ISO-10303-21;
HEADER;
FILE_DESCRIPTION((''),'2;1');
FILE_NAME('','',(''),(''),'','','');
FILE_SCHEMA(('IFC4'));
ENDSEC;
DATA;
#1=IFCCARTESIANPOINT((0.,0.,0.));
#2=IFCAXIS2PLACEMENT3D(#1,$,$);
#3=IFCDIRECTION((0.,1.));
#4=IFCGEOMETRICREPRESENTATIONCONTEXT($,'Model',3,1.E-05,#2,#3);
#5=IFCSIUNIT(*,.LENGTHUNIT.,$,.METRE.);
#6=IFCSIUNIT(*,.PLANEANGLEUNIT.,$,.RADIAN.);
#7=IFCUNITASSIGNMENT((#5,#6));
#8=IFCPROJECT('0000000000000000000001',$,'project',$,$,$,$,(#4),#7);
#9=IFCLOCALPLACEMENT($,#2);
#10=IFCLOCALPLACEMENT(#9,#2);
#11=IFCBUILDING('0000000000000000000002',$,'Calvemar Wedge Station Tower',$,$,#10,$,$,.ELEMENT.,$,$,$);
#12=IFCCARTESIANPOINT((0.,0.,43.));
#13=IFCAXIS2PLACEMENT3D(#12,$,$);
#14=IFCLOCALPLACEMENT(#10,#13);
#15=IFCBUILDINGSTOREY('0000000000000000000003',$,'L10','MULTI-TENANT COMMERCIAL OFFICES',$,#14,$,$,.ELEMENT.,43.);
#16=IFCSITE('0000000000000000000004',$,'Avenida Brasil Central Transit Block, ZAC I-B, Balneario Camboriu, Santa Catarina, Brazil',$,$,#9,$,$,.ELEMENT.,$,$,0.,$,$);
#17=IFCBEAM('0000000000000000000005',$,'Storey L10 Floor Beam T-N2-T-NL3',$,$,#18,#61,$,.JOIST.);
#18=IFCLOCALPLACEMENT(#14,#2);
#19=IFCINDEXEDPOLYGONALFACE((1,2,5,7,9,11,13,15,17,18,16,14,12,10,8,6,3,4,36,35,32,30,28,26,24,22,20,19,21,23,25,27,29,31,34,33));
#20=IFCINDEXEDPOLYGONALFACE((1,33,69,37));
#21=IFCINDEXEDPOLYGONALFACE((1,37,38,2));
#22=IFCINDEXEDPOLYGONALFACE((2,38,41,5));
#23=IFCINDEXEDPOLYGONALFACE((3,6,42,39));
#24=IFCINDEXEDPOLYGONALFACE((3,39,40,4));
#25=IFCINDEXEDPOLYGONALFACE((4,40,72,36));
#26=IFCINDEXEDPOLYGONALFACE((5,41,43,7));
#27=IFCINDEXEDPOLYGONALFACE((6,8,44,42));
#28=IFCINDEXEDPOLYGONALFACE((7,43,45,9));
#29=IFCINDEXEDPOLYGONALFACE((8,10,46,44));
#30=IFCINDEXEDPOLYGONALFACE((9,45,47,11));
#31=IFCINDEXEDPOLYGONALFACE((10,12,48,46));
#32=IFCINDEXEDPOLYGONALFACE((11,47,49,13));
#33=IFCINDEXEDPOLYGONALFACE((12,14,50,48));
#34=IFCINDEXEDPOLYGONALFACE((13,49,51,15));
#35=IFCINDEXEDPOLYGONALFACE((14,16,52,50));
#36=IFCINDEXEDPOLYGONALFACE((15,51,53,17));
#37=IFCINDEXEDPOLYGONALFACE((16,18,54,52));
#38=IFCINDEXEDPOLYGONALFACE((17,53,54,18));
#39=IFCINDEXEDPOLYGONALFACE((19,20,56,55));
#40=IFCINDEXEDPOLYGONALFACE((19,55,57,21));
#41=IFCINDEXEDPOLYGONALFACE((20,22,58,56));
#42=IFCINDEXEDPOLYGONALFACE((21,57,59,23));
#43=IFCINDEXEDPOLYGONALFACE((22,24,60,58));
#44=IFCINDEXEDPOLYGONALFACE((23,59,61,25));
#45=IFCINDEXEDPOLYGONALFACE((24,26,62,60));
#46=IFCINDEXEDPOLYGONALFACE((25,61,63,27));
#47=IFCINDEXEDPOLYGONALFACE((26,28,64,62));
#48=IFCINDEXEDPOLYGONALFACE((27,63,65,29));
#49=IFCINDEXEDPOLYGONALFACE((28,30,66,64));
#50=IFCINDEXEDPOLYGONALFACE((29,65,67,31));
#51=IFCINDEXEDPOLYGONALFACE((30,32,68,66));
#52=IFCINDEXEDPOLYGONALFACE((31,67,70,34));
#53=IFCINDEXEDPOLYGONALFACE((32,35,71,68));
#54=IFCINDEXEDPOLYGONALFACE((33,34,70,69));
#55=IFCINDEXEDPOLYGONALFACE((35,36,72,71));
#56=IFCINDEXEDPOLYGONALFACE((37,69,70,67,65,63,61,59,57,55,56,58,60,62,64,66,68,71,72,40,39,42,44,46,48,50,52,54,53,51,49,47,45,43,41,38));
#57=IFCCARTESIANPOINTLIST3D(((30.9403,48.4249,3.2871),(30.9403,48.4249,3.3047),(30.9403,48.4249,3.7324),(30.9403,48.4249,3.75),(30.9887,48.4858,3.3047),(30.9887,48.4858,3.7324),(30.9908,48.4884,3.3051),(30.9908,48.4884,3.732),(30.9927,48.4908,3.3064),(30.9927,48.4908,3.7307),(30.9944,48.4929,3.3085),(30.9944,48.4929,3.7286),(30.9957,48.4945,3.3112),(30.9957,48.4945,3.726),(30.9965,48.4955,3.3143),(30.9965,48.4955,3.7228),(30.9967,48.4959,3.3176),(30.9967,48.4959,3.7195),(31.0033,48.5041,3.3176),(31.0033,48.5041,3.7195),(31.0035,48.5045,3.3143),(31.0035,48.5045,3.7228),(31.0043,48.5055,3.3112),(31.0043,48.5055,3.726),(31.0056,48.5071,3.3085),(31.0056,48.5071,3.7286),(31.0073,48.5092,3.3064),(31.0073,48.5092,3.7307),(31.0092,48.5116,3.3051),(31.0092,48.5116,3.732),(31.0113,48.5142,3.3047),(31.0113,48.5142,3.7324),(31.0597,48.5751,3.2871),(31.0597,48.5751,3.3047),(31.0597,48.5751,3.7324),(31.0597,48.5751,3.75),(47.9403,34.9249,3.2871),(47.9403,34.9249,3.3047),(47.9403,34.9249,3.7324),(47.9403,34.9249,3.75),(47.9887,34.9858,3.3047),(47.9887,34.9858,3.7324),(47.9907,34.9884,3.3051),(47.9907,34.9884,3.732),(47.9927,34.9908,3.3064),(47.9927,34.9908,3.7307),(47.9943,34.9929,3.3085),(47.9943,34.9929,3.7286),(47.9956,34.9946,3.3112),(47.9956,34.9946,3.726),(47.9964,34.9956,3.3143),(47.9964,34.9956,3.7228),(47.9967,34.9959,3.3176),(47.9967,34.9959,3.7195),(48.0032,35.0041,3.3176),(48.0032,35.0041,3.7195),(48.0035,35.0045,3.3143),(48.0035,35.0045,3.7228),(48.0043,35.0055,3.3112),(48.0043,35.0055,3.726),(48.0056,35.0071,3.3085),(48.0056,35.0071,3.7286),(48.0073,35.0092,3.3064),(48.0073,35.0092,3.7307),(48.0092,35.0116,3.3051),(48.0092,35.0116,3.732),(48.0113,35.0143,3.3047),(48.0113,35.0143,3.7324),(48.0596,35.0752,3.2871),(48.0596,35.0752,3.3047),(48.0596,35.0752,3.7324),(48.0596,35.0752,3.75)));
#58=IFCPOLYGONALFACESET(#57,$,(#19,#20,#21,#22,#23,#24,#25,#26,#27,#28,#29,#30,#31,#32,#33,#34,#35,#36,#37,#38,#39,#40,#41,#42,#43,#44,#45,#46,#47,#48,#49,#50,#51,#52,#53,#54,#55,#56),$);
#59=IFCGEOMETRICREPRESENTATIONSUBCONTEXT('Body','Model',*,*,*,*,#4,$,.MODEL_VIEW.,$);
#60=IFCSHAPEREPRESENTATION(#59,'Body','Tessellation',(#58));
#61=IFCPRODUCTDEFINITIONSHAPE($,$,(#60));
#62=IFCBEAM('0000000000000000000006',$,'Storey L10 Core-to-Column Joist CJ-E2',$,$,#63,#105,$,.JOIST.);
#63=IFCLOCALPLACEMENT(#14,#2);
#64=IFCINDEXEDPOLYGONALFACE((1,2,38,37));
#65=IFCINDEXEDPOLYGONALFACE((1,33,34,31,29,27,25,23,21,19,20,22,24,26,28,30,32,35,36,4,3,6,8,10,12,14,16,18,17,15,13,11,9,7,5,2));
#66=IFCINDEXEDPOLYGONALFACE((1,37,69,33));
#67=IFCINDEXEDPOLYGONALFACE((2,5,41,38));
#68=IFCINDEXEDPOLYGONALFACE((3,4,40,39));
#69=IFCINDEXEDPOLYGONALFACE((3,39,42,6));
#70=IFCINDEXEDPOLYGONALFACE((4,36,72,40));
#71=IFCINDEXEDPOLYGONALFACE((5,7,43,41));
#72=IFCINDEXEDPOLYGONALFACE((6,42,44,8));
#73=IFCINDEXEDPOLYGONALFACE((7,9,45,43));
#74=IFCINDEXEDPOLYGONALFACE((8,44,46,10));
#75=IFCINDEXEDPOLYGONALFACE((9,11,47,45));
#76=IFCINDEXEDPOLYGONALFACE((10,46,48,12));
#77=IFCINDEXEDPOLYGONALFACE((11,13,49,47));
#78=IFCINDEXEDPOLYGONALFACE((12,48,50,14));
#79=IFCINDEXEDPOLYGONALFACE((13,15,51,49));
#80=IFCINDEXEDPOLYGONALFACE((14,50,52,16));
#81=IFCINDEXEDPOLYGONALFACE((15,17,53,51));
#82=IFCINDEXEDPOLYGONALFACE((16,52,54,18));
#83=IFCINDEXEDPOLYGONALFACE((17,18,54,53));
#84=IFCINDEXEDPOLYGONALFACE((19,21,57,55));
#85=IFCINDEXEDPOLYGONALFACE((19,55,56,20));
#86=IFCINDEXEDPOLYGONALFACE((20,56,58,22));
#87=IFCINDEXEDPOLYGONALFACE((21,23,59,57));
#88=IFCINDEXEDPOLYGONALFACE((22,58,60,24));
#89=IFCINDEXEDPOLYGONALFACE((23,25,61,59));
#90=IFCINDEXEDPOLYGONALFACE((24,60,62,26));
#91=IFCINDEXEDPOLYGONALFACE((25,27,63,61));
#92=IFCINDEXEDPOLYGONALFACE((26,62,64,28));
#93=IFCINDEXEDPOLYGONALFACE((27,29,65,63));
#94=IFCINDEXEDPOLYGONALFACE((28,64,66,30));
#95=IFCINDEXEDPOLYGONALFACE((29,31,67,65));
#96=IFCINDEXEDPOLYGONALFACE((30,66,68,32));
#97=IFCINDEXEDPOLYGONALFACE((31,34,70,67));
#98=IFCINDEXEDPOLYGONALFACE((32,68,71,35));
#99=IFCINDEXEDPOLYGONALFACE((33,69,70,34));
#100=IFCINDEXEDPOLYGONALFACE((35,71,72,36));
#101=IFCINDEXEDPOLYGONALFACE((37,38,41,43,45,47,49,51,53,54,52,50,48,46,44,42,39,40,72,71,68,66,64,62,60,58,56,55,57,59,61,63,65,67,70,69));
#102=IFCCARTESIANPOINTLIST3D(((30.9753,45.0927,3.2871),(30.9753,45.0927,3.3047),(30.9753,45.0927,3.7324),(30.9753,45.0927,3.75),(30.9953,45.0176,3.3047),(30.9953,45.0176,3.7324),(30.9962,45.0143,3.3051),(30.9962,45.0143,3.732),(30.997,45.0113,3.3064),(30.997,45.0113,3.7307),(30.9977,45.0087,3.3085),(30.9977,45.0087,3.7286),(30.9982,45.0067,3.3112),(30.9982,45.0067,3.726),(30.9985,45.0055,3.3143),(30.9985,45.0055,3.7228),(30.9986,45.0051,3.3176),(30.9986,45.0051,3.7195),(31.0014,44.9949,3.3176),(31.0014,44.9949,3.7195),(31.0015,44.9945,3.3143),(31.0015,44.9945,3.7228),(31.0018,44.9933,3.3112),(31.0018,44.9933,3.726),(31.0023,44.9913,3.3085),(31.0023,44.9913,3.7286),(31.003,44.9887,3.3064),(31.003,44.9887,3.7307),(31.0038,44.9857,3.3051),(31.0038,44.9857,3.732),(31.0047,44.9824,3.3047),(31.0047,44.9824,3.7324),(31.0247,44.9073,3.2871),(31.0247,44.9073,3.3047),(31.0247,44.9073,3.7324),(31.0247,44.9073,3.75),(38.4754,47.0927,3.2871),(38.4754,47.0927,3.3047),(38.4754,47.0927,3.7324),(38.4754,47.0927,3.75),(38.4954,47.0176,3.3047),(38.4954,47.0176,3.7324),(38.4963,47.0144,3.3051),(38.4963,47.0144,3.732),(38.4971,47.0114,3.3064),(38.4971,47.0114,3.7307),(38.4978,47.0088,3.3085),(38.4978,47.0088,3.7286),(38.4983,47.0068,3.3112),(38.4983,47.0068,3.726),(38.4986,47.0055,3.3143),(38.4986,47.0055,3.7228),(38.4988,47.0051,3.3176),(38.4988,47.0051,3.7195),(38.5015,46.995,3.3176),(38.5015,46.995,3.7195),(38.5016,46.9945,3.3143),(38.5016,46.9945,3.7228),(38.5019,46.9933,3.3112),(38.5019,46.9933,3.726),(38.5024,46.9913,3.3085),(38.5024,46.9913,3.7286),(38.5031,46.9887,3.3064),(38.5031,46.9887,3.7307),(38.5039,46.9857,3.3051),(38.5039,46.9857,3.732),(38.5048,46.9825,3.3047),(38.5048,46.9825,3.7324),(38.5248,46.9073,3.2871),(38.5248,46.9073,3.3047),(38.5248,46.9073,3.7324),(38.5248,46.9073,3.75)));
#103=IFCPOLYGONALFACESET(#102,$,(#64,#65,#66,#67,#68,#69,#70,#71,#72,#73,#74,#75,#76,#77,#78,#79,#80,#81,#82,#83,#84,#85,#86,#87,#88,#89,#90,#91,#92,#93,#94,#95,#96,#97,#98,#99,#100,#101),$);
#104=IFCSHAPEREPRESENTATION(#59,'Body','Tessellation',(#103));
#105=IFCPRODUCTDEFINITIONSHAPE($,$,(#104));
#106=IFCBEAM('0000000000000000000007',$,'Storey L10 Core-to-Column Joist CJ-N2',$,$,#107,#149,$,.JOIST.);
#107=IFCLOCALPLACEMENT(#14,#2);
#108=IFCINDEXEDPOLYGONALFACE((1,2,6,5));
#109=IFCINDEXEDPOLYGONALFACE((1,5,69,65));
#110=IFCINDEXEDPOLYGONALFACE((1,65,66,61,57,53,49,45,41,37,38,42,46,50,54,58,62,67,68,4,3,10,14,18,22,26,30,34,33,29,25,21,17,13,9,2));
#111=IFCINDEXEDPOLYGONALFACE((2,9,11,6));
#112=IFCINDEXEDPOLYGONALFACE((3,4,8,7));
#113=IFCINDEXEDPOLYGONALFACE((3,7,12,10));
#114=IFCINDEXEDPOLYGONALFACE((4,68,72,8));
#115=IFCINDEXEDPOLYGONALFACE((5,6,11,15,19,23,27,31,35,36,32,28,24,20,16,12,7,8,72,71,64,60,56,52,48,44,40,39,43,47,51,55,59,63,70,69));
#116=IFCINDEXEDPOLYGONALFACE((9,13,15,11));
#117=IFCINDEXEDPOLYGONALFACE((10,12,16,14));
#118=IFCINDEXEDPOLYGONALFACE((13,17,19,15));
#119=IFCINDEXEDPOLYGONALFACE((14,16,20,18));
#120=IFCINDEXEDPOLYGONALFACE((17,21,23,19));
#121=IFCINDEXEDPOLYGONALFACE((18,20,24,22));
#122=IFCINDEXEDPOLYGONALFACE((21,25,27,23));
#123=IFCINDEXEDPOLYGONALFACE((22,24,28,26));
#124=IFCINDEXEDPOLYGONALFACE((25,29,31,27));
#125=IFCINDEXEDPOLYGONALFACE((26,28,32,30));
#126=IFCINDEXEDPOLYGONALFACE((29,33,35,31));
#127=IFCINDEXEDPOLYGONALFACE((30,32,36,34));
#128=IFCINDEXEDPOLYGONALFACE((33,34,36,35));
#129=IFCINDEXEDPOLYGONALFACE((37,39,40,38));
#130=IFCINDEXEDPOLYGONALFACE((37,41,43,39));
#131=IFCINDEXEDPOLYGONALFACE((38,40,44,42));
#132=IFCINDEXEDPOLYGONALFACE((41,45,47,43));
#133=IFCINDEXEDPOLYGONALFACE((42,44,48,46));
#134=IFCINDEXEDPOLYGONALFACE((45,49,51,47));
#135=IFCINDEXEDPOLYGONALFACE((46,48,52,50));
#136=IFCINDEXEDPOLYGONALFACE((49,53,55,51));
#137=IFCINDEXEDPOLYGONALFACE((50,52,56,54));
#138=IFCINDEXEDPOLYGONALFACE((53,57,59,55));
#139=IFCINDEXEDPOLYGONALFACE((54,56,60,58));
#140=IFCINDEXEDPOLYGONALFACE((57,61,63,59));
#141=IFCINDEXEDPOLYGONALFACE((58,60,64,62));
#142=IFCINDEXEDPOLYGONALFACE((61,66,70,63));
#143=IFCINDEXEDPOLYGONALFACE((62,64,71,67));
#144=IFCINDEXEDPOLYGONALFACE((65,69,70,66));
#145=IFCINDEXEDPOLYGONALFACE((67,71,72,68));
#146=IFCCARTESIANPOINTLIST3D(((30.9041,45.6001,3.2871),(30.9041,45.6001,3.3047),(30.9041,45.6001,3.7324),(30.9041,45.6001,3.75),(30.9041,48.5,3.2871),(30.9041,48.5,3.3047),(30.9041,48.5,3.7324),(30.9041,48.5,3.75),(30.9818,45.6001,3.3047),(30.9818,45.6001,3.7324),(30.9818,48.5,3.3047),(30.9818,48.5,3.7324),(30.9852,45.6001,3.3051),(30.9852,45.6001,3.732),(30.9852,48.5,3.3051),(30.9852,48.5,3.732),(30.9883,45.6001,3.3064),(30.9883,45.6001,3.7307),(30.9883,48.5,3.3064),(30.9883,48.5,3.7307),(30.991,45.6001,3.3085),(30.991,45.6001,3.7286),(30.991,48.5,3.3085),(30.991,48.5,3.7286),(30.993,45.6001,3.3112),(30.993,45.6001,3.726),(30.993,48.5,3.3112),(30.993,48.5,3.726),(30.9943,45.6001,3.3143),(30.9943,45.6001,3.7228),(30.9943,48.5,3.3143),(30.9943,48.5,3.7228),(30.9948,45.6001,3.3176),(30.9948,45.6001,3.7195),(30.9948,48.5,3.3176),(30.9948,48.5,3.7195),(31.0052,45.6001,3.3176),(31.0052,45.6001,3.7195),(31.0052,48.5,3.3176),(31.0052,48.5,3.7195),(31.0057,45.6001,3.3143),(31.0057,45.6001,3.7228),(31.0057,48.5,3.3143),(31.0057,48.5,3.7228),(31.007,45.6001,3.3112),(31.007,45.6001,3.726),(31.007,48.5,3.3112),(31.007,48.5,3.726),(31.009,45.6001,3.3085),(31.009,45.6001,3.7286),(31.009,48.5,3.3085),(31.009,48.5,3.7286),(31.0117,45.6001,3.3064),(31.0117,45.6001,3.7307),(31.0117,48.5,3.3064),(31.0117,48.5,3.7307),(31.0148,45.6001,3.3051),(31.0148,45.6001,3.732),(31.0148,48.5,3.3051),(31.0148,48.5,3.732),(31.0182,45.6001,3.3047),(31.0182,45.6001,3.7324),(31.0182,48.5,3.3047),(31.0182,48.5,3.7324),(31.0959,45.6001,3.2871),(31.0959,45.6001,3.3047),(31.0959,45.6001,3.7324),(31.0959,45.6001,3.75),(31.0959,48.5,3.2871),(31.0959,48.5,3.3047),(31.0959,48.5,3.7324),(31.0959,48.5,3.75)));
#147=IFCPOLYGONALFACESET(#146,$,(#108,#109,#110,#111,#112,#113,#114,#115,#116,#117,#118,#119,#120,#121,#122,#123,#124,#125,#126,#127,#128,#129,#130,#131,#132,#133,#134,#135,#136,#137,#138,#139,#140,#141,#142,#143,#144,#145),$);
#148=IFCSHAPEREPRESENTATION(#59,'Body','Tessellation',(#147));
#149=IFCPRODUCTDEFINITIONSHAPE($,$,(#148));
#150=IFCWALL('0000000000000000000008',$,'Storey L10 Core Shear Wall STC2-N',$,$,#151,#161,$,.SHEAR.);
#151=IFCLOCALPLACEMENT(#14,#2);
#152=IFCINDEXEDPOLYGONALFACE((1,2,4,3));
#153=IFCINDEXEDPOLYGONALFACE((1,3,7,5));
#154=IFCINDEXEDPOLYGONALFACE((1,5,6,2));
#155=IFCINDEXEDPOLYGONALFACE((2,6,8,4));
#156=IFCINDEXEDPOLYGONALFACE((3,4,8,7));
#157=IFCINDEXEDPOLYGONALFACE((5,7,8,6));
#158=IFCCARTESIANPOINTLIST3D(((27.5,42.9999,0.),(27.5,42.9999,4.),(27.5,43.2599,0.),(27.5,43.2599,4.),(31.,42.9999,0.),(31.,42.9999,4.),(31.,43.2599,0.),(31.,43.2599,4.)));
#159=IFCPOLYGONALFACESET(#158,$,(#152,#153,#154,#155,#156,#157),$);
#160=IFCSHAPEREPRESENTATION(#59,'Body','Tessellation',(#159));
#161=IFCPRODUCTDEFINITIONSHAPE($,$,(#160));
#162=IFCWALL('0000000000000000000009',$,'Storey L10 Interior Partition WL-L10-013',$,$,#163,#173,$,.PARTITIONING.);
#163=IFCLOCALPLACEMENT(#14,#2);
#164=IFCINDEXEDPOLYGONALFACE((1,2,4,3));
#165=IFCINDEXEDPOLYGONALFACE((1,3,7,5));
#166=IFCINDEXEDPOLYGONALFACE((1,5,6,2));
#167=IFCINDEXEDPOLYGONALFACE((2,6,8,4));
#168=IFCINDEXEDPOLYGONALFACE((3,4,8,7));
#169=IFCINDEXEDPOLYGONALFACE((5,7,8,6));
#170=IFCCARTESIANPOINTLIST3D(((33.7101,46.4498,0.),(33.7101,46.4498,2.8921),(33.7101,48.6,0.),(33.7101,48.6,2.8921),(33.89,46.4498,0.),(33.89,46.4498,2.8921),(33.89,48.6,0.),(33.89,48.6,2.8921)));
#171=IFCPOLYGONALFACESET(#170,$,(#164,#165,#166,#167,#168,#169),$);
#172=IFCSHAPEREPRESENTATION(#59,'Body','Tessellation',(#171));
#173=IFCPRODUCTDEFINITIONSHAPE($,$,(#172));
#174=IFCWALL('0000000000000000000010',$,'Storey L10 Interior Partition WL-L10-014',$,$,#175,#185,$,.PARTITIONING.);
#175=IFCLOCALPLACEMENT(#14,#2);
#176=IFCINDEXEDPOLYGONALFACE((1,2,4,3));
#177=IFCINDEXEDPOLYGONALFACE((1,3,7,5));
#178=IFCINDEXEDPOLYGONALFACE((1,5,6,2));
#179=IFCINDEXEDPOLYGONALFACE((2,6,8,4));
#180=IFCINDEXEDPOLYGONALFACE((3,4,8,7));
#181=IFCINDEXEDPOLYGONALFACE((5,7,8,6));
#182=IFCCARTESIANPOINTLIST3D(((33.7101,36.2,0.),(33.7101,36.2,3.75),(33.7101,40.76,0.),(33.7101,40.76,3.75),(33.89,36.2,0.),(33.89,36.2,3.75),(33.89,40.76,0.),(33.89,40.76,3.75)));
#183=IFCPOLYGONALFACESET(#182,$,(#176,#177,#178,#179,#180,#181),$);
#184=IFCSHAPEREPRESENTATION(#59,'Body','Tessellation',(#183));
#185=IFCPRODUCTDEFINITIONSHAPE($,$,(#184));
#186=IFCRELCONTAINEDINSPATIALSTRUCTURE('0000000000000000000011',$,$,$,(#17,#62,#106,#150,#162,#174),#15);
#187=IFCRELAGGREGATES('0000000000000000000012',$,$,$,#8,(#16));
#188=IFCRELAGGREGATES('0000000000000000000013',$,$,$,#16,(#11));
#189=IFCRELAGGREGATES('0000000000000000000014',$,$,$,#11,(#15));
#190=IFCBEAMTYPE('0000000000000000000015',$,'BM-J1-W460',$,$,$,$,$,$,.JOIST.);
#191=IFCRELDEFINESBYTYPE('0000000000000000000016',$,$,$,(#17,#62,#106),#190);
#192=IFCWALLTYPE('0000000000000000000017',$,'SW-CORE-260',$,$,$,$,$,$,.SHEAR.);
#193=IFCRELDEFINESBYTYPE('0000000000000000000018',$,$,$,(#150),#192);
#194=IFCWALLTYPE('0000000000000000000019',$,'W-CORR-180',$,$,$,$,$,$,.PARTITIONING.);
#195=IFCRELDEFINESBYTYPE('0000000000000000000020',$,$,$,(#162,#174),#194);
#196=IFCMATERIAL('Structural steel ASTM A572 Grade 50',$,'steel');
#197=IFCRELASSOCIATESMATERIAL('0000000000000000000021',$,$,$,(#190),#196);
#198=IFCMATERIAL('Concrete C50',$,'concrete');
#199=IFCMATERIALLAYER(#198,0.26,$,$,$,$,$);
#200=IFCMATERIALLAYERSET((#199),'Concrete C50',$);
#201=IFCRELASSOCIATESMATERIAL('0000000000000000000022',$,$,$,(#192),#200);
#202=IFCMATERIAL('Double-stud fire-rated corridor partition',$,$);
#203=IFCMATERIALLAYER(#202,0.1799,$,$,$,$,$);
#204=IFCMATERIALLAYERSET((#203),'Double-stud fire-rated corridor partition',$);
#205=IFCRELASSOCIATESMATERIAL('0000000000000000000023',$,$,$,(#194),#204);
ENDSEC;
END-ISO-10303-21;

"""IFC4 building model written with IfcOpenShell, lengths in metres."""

from ifc_helpers import new_model, si_unit, direction, frame, frame_2d, origin, origin_2d, place, context, subcontext, project, spatial, rectangle, i_section, extrude, source, transform, mapped, material, layer, layer_set, material_profile, profile_set, type_object, element, save


model = new_model("IFC4")

# Units and contexts
model_context = context("Model", 3, precision=1e-05, world=origin(), true_north=direction((0.0, 1.0)))
body_context = subcontext(model_context, "Body", "Model", "MODEL_VIEW")
ifc_project = project(units=[si_unit("LENGTHUNIT", "METRE"), si_unit("PLANEANGLEUNIT", "RADIAN")], contexts=[model_context])

# Site, building, storey
site_placement = place(None, origin())
site = spatial("IfcSite", under=ifc_project, at=site_placement, Name="Avenida Brasil Central Transit Block, ZAC I-B, Balneario Camboriu, Santa Catarina, Brazil", CompositionType="ELEMENT", RefElevation=0.0)
building_placement = place(site_placement, origin())
building = spatial("IfcBuilding", under=site, at=building_placement, Name="Calvemar Wedge Station Tower", CompositionType="ELEMENT")
storey_placement = place(building_placement, frame((0.0, 0.0, 43.0)))
storey = spatial("IfcBuildingStorey", under=building, at=storey_placement, Name="L10", Description="MULTI-TENANT COMMERCIAL OFFICES", CompositionType="ELEMENT", Elevation=43.0)

# Beams
ifc_material_1 = material(Name="Structural steel ASTM A572 Grade 50", Category="steel")
ifc_material_profile_1 = material_profile(ifc_material_1, i_section(OverallWidth=0.1919, OverallDepth=0.4629, WebThickness=0.0105, FlangeThickness=0.0176, FilletRadius=0.0129, at=origin_2d()), Name="W460x89")
ifc_profile_set_1 = profile_set([ifc_material_profile_1], Name="Structural steel ASTM A572 Grade 50")
beam_type_1 = type_object("IfcBeamType", Name="BM-J1-W460", PredefinedType="JOIST", material=ifc_profile_set_1)
shared_shape_1 = source(origin(), body_context, "Body", "SweptSolid", [
    extrude(i_section(OverallWidth=0.1919, OverallDepth=0.4629, WebThickness=0.0105, FlangeThickness=0.0176, FilletRadius=0.0129, at=origin_2d()), origin(), (0.0, 0.0, 1.0), 21.7083),
])
beam_1_placement = place(storey_placement, frame((31.0, 48.5, 3.5186), z_axis=(0.783111, -0.621882, 0.0), x_axis=(0.621882, 0.783111, 0.0)))
element("IfcBeam", 1, at=beam_1_placement, inside=storey, type_object=beam_type_1, Name="Storey L10 Floor Beam T-N2-T-NL3", PredefinedType="JOIST", context=body_context, shape_type="MappedRepresentation", body=[
    mapped(shared_shape_1, transform((0.0, 0.0, 0.0), scale=1.0)),
])
shared_shape_2 = source(origin(), body_context, "Body", "SweptSolid", [
    extrude(i_section(OverallWidth=0.1919, OverallDepth=0.4629, WebThickness=0.0105, FlangeThickness=0.0176, FilletRadius=0.0129, at=origin_2d()), origin(), (0.0, 0.0, 1.0), 7.7622),
])
beam_2_placement = place(storey_placement, frame((31.0, 45.0, 3.5186), z_axis=(0.966235, 0.257663, 0.0), x_axis=(-0.257663, 0.966235, 0.0)))
element("IfcBeam", 2, at=beam_2_placement, inside=storey, type_object=beam_type_1, Name="Storey L10 Core-to-Column Joist CJ-E2", PredefinedType="JOIST", context=body_context, shape_type="MappedRepresentation", body=[
    mapped(shared_shape_2, transform((0.0, 0.0, 0.0), scale=1.0)),
])
shared_shape_3 = source(origin(), body_context, "Body", "SweptSolid", [
    extrude(i_section(OverallWidth=0.1919, OverallDepth=0.4629, WebThickness=0.0105, FlangeThickness=0.0176, FilletRadius=0.0129, at=origin_2d()), origin(), (0.0, 0.0, 1.0), 2.8999),
])
beam_3_placement = place(storey_placement, frame((31.0, 45.6001, 3.5186), z_axis=(0.0, 1.0, 0.0), x_axis=(-1.0, 0.0, 0.0)))
element("IfcBeam", 3, at=beam_3_placement, inside=storey, type_object=beam_type_1, Name="Storey L10 Core-to-Column Joist CJ-N2", PredefinedType="JOIST", context=body_context, shape_type="MappedRepresentation", body=[
    mapped(shared_shape_3, transform((0.0, 0.0, 0.0), scale=1.0)),
])

# Walls
ifc_material_2 = material(Name="Concrete C50", Category="concrete")
ifc_layer_1 = layer(ifc_material_2, 0.26)
ifc_layer_set_1 = layer_set([ifc_layer_1], Name="Concrete C50")
wall_type_1 = type_object("IfcWallType", Name="SW-CORE-260", PredefinedType="SHEAR", material=ifc_layer_set_1)
wall_1_placement = place(storey_placement, frame((27.5, 43.1299, 0.0), z_axis=(0.0, 0.0, 1.0), x_axis=(1.0, 0.0, 0.0)))
element("IfcWall", 4, at=wall_1_placement, inside=storey, type_object=wall_type_1, Name="Storey L10 Core Shear Wall STC2-N", PredefinedType="SHEAR", context=body_context, shape_type="SweptSolid", body=[
    extrude(rectangle(XDim=3.5, YDim=0.26, at=frame_2d((1.75, 0.0))), origin(), (0.0, 0.0, 1.0), 4.0),
])
ifc_material_3 = material(Name="Double-stud fire-rated corridor partition")
ifc_layer_2 = layer(ifc_material_3, 0.1799)
ifc_layer_set_2 = layer_set([ifc_layer_2], Name="Double-stud fire-rated corridor partition")
wall_type_2 = type_object("IfcWallType", Name="W-CORR-180", PredefinedType="PARTITIONING", material=ifc_layer_set_2)
wall_2_placement = place(storey_placement, frame((33.8, 48.6001, 0.0), z_axis=(0.0, 0.0, 1.0), x_axis=(0.0, -1.0, 0.0)))
element("IfcWall", 5, at=wall_2_placement, inside=storey, type_object=wall_type_2, Name="Storey L10 Interior Partition WL-L10-013", PredefinedType="PARTITIONING", context=body_context, shape_type="SweptSolid", body=[
    extrude(rectangle(XDim=2.1501, YDim=0.1799, at=frame_2d((1.0752, 0.0))), origin(), (0.0, 0.0, 1.0), 2.8921),
])
wall_3_placement = place(storey_placement, frame((33.8, 40.76, 0.0), z_axis=(0.0, 0.0, 1.0), x_axis=(0.0, -1.0, 0.0)))
element("IfcWall", 6, at=wall_3_placement, inside=storey, type_object=wall_type_2, Name="Storey L10 Interior Partition WL-L10-014", PredefinedType="PARTITIONING", context=body_context, shape_type="SweptSolid", body=[
    extrude(rectangle(XDim=4.5601, YDim=0.1799, at=frame_2d((2.28, 0.0))), origin(), (0.0, 0.0, 1.0), 3.75),
])

save(model, "model.ifc")
